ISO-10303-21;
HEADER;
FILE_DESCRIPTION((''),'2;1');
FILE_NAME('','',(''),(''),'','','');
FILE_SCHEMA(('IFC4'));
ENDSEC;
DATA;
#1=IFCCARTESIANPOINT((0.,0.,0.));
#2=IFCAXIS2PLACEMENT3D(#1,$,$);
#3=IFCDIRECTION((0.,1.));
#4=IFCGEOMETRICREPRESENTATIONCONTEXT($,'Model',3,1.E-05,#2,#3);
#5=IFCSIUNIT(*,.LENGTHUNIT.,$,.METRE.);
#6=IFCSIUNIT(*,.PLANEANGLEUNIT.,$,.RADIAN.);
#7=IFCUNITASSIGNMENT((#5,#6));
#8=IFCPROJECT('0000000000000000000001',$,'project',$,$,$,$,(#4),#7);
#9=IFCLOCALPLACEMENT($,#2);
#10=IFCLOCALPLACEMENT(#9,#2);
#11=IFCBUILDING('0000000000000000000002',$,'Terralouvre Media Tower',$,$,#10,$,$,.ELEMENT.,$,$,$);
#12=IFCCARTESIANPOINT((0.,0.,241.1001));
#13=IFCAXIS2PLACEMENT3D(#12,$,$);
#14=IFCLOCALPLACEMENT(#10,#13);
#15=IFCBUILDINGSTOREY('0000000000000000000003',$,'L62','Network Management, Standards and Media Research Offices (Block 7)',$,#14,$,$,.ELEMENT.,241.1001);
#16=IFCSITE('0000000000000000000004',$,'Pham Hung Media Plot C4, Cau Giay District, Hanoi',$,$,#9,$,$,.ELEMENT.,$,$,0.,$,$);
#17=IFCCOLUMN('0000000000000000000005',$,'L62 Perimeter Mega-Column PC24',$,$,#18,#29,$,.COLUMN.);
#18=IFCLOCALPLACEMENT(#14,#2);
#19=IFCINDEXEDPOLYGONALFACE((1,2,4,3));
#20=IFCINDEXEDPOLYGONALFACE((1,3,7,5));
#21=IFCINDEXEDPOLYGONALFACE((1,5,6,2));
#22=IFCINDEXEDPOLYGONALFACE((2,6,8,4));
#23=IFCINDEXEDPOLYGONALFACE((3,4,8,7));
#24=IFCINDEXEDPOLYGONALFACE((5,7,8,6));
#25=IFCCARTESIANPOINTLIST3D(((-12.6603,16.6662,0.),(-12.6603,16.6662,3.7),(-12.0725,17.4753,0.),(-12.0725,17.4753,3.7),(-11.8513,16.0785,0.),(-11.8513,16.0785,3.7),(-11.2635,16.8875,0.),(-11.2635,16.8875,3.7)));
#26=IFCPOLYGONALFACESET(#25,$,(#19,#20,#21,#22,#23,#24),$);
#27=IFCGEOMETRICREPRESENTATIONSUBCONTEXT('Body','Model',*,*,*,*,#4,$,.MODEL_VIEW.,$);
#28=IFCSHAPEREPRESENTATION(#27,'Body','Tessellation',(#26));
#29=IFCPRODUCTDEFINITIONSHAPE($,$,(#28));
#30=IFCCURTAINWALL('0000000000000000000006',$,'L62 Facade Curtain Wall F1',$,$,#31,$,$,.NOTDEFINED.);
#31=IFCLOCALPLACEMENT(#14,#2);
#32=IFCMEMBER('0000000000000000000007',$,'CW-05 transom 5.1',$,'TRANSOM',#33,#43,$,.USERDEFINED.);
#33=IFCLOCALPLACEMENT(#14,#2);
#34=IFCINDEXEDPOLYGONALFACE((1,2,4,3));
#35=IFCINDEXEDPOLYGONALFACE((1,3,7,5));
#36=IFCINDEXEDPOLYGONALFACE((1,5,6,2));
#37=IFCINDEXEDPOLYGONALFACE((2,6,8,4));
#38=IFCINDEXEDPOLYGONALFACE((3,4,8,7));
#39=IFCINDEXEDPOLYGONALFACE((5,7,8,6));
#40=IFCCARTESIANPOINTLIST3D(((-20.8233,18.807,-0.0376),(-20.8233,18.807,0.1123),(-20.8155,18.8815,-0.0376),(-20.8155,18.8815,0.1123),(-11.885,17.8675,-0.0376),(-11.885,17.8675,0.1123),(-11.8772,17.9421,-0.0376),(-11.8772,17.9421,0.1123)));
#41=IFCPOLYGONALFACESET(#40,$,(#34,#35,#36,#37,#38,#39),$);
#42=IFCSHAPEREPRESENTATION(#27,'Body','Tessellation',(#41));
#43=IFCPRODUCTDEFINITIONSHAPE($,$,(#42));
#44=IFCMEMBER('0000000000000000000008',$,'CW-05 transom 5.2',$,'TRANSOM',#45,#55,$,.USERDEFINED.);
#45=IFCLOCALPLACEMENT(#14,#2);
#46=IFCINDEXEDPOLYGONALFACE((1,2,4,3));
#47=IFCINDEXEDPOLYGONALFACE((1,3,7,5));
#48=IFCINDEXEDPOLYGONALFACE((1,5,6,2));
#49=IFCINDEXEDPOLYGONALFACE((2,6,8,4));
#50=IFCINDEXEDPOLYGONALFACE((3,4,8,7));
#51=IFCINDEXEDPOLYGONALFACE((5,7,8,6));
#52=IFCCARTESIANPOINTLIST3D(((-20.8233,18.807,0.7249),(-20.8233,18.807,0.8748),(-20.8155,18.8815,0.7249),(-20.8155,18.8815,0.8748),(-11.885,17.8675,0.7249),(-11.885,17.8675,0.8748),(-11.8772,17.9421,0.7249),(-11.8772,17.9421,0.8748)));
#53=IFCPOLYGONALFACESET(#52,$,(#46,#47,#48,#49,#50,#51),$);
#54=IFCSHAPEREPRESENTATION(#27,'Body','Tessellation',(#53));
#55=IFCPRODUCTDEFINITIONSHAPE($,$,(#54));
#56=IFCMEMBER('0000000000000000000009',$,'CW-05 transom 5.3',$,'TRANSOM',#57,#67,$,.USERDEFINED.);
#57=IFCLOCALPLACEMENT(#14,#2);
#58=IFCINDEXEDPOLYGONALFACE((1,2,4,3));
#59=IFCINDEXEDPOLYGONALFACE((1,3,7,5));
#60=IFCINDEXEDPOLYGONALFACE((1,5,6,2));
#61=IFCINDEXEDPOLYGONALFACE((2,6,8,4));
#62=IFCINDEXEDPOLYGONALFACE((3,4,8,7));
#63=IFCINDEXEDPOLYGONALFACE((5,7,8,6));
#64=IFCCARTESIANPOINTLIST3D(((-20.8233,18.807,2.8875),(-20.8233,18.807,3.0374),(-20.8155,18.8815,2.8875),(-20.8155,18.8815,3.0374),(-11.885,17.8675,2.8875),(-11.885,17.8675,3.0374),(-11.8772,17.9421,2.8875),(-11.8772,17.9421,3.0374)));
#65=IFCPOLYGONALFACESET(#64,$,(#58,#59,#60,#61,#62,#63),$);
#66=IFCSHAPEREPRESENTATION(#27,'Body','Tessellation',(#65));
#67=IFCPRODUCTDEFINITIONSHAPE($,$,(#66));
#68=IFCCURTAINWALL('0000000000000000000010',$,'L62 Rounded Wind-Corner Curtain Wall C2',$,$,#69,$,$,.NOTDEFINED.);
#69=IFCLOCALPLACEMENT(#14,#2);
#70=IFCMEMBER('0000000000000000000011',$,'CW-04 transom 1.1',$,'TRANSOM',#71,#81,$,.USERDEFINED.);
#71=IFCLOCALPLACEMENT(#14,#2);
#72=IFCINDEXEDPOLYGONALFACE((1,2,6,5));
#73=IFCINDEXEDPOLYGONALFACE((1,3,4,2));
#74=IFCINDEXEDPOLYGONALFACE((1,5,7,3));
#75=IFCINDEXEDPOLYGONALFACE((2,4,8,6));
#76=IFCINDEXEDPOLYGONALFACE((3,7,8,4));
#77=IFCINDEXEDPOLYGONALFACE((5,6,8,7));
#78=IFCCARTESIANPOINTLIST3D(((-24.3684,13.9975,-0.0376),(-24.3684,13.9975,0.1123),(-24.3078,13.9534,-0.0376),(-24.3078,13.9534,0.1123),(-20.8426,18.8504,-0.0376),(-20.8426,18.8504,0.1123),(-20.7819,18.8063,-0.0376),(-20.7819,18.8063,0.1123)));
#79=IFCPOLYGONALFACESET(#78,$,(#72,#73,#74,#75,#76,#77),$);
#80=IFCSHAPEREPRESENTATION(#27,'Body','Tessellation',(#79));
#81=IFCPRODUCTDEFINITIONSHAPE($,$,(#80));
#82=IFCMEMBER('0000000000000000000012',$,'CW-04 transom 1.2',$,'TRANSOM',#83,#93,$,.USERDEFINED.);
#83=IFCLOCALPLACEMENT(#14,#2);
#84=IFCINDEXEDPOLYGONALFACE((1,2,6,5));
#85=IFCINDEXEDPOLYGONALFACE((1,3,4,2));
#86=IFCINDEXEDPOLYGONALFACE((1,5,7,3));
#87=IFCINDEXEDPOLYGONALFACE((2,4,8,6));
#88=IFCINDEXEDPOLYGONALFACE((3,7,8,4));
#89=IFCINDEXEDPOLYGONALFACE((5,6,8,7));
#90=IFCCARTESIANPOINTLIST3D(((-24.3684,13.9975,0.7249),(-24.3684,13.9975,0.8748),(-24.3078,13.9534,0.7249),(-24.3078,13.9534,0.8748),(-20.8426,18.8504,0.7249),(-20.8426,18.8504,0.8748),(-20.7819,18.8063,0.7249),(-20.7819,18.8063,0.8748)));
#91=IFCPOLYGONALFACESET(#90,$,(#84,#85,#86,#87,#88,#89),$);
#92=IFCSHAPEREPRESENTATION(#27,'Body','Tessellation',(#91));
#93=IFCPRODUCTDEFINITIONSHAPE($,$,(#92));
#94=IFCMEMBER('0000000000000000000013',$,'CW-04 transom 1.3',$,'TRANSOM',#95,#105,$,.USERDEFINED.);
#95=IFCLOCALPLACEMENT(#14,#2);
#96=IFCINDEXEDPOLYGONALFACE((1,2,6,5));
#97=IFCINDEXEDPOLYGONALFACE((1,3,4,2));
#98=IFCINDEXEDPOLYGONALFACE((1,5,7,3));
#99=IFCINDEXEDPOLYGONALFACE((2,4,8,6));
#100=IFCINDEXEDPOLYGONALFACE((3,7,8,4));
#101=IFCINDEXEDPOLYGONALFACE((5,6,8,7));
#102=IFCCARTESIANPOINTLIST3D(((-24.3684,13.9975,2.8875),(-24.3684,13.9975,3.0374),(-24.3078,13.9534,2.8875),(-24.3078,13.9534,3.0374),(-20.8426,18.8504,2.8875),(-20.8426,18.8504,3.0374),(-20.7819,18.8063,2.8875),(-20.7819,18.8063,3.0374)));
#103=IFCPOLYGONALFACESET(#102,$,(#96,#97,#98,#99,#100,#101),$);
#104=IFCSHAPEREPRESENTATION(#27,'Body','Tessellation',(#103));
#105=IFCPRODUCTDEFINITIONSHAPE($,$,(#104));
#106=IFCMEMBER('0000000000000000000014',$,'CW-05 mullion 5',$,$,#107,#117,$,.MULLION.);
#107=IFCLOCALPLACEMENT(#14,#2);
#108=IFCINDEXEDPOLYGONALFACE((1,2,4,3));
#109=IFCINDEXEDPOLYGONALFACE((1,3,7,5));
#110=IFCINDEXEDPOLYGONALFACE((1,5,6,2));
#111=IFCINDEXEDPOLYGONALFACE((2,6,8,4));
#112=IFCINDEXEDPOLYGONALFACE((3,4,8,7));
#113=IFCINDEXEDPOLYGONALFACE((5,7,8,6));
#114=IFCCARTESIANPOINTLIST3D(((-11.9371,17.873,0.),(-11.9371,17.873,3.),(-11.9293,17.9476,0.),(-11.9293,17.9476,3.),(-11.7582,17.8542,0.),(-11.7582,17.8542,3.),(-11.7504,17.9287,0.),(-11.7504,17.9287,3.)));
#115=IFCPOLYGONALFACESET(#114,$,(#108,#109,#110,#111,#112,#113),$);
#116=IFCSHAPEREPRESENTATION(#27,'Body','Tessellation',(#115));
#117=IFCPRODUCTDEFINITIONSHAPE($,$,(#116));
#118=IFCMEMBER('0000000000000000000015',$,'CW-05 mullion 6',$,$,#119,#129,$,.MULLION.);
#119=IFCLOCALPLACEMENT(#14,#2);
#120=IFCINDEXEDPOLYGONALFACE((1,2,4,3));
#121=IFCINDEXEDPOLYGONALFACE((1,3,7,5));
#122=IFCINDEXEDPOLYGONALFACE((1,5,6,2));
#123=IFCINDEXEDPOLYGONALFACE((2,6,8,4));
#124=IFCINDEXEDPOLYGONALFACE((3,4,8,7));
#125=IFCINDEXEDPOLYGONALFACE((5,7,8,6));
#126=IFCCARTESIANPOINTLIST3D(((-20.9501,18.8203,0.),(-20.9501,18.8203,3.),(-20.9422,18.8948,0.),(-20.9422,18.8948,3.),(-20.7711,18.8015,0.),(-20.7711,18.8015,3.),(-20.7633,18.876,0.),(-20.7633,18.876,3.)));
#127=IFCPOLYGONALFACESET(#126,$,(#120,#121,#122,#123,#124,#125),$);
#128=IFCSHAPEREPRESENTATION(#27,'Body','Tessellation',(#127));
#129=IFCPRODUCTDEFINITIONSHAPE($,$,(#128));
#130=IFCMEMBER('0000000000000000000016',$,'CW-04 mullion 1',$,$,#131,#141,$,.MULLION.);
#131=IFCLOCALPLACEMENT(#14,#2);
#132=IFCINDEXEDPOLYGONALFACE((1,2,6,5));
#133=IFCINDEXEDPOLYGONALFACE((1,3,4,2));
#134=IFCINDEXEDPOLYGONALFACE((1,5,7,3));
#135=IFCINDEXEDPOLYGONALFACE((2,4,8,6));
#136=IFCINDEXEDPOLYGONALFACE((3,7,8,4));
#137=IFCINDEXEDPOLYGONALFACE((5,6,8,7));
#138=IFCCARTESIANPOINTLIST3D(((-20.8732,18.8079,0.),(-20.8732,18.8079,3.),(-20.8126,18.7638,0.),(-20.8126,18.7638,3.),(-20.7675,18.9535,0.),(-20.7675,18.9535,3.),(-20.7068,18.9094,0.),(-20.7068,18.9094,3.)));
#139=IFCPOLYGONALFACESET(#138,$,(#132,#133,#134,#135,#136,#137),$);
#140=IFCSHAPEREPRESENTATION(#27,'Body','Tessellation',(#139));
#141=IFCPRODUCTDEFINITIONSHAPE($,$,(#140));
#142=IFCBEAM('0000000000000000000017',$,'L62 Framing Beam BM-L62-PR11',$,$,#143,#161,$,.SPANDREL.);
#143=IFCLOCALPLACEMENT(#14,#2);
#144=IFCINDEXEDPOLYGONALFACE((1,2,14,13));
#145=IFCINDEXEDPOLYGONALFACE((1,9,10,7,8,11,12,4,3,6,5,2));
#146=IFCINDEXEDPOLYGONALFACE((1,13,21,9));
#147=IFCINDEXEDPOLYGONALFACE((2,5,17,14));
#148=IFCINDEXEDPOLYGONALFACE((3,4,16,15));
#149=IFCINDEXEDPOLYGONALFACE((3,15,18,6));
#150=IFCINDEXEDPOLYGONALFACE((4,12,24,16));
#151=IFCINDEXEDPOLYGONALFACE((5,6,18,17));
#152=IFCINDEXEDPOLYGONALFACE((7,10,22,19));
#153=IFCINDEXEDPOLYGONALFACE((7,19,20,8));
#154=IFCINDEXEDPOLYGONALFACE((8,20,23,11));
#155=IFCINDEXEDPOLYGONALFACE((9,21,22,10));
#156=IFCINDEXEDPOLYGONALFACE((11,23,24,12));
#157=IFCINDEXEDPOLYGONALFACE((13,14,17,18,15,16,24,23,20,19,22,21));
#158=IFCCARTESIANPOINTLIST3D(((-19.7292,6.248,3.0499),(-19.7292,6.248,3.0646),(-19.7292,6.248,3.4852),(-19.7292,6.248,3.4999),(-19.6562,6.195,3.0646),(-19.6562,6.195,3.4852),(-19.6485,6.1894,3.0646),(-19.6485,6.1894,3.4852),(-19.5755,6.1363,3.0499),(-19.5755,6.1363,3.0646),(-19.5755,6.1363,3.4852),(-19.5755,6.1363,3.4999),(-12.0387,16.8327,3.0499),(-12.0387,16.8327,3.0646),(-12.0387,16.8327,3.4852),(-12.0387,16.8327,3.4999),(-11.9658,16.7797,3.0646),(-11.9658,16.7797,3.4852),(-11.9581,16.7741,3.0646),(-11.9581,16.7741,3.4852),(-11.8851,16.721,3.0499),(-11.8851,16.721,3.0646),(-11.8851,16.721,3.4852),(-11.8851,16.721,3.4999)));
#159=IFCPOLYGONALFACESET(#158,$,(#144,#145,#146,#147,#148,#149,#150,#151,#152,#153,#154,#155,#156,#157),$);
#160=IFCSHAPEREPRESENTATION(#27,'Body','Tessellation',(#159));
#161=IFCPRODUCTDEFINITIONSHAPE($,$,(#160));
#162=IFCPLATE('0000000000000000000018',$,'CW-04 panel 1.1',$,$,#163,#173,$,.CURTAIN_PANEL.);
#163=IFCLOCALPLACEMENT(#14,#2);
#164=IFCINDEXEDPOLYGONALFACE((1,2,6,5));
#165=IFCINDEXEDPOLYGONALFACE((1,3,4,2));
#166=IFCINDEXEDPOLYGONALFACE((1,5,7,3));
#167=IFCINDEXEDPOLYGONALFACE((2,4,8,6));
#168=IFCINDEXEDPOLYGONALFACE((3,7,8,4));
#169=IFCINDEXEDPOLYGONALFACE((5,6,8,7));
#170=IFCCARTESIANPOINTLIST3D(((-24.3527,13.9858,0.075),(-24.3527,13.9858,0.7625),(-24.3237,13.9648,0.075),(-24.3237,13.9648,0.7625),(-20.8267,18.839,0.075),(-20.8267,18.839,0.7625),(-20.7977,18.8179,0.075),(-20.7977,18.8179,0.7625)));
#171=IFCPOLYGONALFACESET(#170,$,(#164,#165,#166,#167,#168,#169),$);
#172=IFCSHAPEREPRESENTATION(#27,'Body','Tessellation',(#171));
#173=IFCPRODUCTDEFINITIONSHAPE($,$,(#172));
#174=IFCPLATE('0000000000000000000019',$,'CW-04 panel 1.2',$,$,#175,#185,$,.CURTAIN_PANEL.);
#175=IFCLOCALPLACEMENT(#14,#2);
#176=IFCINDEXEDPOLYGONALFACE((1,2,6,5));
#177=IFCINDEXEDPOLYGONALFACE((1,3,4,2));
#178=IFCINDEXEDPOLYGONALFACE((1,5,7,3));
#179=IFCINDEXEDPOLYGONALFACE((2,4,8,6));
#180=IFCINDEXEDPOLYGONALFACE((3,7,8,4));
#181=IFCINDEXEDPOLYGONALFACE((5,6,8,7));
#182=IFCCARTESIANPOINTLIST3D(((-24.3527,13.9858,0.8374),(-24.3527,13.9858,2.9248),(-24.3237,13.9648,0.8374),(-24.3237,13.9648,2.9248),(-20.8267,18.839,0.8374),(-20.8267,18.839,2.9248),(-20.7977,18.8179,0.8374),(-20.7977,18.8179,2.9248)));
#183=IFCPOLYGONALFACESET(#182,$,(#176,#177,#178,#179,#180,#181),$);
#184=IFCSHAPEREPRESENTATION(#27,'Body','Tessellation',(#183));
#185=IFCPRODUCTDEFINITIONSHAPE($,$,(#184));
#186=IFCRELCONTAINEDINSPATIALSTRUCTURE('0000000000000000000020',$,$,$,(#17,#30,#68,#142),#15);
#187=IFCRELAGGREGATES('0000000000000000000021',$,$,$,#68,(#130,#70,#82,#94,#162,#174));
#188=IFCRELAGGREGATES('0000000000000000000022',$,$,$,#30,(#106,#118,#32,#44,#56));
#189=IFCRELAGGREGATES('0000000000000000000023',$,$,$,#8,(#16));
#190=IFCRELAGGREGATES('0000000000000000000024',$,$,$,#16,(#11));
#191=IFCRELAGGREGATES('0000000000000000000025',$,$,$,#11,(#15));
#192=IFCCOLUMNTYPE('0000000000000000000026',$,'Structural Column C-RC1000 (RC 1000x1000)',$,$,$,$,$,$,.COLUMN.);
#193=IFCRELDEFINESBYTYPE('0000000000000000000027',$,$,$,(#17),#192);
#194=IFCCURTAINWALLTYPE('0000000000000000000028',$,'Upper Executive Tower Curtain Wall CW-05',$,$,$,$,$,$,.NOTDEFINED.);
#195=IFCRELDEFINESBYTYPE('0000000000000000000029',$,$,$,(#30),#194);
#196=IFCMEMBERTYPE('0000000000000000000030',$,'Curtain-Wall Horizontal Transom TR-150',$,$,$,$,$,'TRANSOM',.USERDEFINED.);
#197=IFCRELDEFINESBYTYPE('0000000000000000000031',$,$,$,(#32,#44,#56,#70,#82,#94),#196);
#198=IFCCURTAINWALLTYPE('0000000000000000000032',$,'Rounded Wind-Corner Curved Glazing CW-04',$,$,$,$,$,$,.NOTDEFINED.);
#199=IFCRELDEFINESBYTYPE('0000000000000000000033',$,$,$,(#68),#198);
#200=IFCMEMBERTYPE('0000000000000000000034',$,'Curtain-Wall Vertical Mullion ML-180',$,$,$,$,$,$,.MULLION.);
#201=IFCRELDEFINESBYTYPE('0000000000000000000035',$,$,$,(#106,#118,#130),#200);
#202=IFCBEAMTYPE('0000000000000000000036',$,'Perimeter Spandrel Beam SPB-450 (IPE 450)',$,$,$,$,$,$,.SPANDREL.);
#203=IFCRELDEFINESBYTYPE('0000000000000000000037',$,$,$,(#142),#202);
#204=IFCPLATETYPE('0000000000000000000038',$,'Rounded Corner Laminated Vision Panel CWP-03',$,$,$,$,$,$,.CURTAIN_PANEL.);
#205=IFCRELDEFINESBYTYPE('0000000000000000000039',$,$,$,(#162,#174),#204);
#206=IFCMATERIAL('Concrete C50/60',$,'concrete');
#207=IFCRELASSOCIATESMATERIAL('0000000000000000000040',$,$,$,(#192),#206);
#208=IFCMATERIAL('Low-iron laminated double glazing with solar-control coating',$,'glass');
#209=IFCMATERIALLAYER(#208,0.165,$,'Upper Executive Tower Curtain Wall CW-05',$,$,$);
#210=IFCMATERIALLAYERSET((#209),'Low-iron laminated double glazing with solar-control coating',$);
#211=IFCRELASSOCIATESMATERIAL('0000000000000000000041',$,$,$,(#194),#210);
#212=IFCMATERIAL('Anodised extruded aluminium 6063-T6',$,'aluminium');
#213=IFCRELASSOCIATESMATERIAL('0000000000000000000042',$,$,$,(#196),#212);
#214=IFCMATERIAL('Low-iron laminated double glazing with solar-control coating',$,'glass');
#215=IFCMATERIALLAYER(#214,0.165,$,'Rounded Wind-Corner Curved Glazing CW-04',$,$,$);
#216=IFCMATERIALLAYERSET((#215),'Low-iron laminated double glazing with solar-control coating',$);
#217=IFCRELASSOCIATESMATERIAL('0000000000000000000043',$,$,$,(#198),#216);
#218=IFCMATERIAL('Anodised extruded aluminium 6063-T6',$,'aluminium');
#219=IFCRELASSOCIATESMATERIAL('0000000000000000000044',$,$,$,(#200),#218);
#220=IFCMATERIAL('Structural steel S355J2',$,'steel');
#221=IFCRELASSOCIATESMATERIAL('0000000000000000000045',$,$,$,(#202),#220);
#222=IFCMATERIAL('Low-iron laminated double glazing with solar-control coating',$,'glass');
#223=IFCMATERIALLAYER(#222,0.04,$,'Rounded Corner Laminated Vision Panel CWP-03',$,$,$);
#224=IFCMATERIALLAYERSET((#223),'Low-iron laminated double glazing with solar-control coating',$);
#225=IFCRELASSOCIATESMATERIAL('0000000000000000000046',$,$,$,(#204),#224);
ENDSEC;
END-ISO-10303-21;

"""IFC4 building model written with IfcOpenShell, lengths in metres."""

from ifc_helpers import new_model, si_unit, direction, frame, origin, origin_2d, place, context, subcontext, project, spatial, rectangle, i_section, extrude, material, layer, layer_set, material_profile, profile_set, type_object, element, aggregate, save


model = new_model("IFC4")

# Units and contexts
model_context = context("Model", 3, precision=1e-05, world=origin(), true_north=direction((0.0, 1.0)))
body_context = subcontext(model_context, "Body", "Model", "MODEL_VIEW")
ifc_project = project(units=[si_unit("LENGTHUNIT", "METRE"), si_unit("PLANEANGLEUNIT", "RADIAN")], contexts=[model_context])

# Site, building, storey
site_placement = place(None, origin())
site = spatial("IfcSite", under=ifc_project, at=site_placement, Name="Pham Hung Media Plot C4, Cau Giay District, Hanoi", CompositionType="ELEMENT", RefElevation=0.0)
building_placement = place(site_placement, origin())
building = spatial("IfcBuilding", under=site, at=building_placement, Name="Terralouvre Media Tower", CompositionType="ELEMENT")
storey_placement = place(building_placement, frame((0.0, 0.0, 241.1001)))
storey = spatial("IfcBuildingStorey", under=building, at=storey_placement, Name="L62", Description="Network Management, Standards and Media Research Offices (Block 7)", CompositionType="ELEMENT", Elevation=241.1001)

# Column
ifc_material_1 = material(Name="Concrete C50/60", Category="concrete")
ifc_material_profile_1 = material_profile(ifc_material_1, rectangle(XDim=1.0, YDim=1.0, at=origin_2d()), Name="RC 1000x1000")
ifc_profile_set_1 = profile_set([ifc_material_profile_1], Name="Concrete C50/60")
column_type = type_object("IfcColumnType", Name="Structural Column C-RC1000 (RC 1000x1000)", PredefinedType="COLUMN", material=ifc_profile_set_1)
column_placement = place(storey_placement, frame((-11.9619, 16.7769, 0.0), z_axis=(0.0, 0.0, 1.0), x_axis=(0.587785, 0.809017, 0.0)))
element("IfcColumn", 1, at=column_placement, inside=storey, type_object=column_type, Name="L62 Perimeter Mega-Column PC24", PredefinedType="COLUMN", context=body_context, shape_type="SweptSolid", body=[
    extrude(rectangle(XDim=1.0, YDim=1.0, at=origin_2d()), origin(), (0.0, 0.0, 1.0), 3.7),
])

# Curtain walls, members
ifc_material_2 = material(Name="Low-iron laminated double glazing with solar-control coating", Category="glass")
ifc_layer_1 = layer(ifc_material_2, 0.165, Name="Upper Executive Tower Curtain Wall CW-05")
ifc_layer_set_1 = layer_set([ifc_layer_1], Name="Low-iron laminated double glazing with solar-control coating")
curtain_wall_type_1 = type_object("IfcCurtainWallType", Name="Upper Executive Tower Curtain Wall CW-05", PredefinedType="NOTDEFINED", material=ifc_layer_set_1)
curtain_wall_1_placement = place(storey_placement, origin())
curtain_wall_1 = element("IfcCurtainWall", 2, at=curtain_wall_1_placement, inside=storey, type_object=curtain_wall_type_1, Name="L62 Facade Curtain Wall F1", PredefinedType="NOTDEFINED")
ifc_material_3 = material(Name="Anodised extruded aluminium 6063-T6", Category="aluminium")
ifc_material_profile_2 = material_profile(ifc_material_3, rectangle(XDim=0.075, YDim=0.1499, at=origin_2d()), Name="ALU 75x150")
ifc_profile_set_2 = profile_set([ifc_material_profile_2], Name="Anodised extruded aluminium 6063-T6")
member_type_1 = type_object("IfcMemberType", Name="Curtain-Wall Horizontal Transom TR-150", ElementType="TRANSOM", PredefinedType="USERDEFINED", material=ifc_profile_set_2)
member_1_placement = place(storey_placement, frame((-11.8811, 17.9048, 0.0374), z_axis=(-0.994522, 0.104529, 0.0), x_axis=(-0.104529, -0.994522, 0.0)))
member_1 = element("IfcMember", 3, at=member_1_placement, type_object=member_type_1, Name="CW-05 transom 5.1", ObjectType="TRANSOM", PredefinedType="USERDEFINED", context=body_context, shape_type="SweptSolid", body=[
    extrude(rectangle(XDim=0.075, YDim=0.1499, at=origin_2d()), origin(), (0.0, 0.0, 1.0), 8.9875),
])
member_2_placement = place(storey_placement, frame((-11.8811, 17.9048, 0.7998), z_axis=(-0.994522, 0.104529, 0.0), x_axis=(-0.104529, -0.994522, 0.0)))
member_2 = element("IfcMember", 4, at=member_2_placement, type_object=member_type_1, Name="CW-05 transom 5.2", ObjectType="TRANSOM", PredefinedType="USERDEFINED", context=body_context, shape_type="SweptSolid", body=[
    extrude(rectangle(XDim=0.075, YDim=0.1499, at=origin_2d()), origin(), (0.0, 0.0, 1.0), 8.9875),
])
member_3_placement = place(storey_placement, frame((-11.8811, 17.9048, 2.9624), z_axis=(-0.994522, 0.104529, 0.0), x_axis=(-0.104529, -0.994522, 0.0)))
member_3 = element("IfcMember", 5, at=member_3_placement, type_object=member_type_1, Name="CW-05 transom 5.3", ObjectType="TRANSOM", PredefinedType="USERDEFINED", context=body_context, shape_type="SweptSolid", body=[
    extrude(rectangle(XDim=0.075, YDim=0.1499, at=origin_2d()), origin(), (0.0, 0.0, 1.0), 8.9875),
])
ifc_material_4 = material(Name="Low-iron laminated double glazing with solar-control coating", Category="glass")
ifc_layer_2 = layer(ifc_material_4, 0.165, Name="Rounded Wind-Corner Curved Glazing CW-04")
ifc_layer_set_2 = layer_set([ifc_layer_2], Name="Low-iron laminated double glazing with solar-control coating")
curtain_wall_type_2 = type_object("IfcCurtainWallType", Name="Rounded Wind-Corner Curved Glazing CW-04", PredefinedType="NOTDEFINED", material=ifc_layer_set_2)
curtain_wall_2_placement = place(storey_placement, origin())
curtain_wall_2 = element("IfcCurtainWall", 6, at=curtain_wall_2_placement, inside=storey, type_object=curtain_wall_type_2, Name="L62 Rounded Wind-Corner Curtain Wall C2", PredefinedType="NOTDEFINED")
member_4_placement = place(storey_placement, frame((-20.8123, 18.8284, 0.0374), z_axis=(-0.58778, -0.809021, 0.0), x_axis=(0.809021, -0.58778, 0.0)))
member_4 = element("IfcMember", 7, at=member_4_placement, type_object=member_type_1, Name="CW-04 transom 1.1", ObjectType="TRANSOM", PredefinedType="USERDEFINED", context=body_context, shape_type="SweptSolid", body=[
    extrude(rectangle(XDim=0.075, YDim=0.1499, at=origin_2d()), origin(), (0.0, 0.0, 1.0), 5.9985),
])
member_5_placement = place(storey_placement, frame((-20.8123, 18.8284, 0.7998), z_axis=(-0.58778, -0.809021, 0.0), x_axis=(0.809021, -0.58778, 0.0)))
member_5 = element("IfcMember", 8, at=member_5_placement, type_object=member_type_1, Name="CW-04 transom 1.2", ObjectType="TRANSOM", PredefinedType="USERDEFINED", context=body_context, shape_type="SweptSolid", body=[
    extrude(rectangle(XDim=0.075, YDim=0.1499, at=origin_2d()), origin(), (0.0, 0.0, 1.0), 5.9985),
])
member_6_placement = place(storey_placement, frame((-20.8123, 18.8284, 2.9624), z_axis=(-0.58778, -0.809021, 0.0), x_axis=(0.809021, -0.58778, 0.0)))
member_6 = element("IfcMember", 9, at=member_6_placement, type_object=member_type_1, Name="CW-04 transom 1.3", ObjectType="TRANSOM", PredefinedType="USERDEFINED", context=body_context, shape_type="SweptSolid", body=[
    extrude(rectangle(XDim=0.075, YDim=0.1499, at=origin_2d()), origin(), (0.0, 0.0, 1.0), 5.9985),
])

# Members
ifc_material_5 = material(Name="Anodised extruded aluminium 6063-T6", Category="aluminium")
ifc_material_profile_3 = material_profile(ifc_material_5, rectangle(XDim=0.075, YDim=0.1799, at=origin_2d()), Name="ALU 75x180")
ifc_profile_set_3 = profile_set([ifc_material_profile_3], Name="Anodised extruded aluminium 6063-T6")
member_type_2 = type_object("IfcMemberType", Name="Curtain-Wall Vertical Mullion ML-180", PredefinedType="MULLION", material=ifc_profile_set_3)
member_7_placement = place(storey_placement, frame((-11.8438, 17.9009, 0.0), z_axis=(0.0, 0.0, 1.0), x_axis=(-0.104529, -0.994522, 0.0)))
member_7 = element("IfcMember", 10, at=member_7_placement, type_object=member_type_2, Name="CW-05 mullion 5", PredefinedType="MULLION", context=body_context, shape_type="SweptSolid", body=[
    extrude(rectangle(XDim=0.075, YDim=0.1799, at=origin_2d()), origin(), (0.0, 0.0, 1.0), 3.0),
])
member_8_placement = place(storey_placement, frame((-20.8567, 18.8481, 0.0), z_axis=(0.0, 0.0, 1.0), x_axis=(-0.104529, -0.994522, 0.0)))
member_8 = element("IfcMember", 11, at=member_8_placement, type_object=member_type_2, Name="CW-05 mullion 6", PredefinedType="MULLION", context=body_context, shape_type="SweptSolid", body=[
    extrude(rectangle(XDim=0.075, YDim=0.1799, at=origin_2d()), origin(), (0.0, 0.0, 1.0), 3.0),
])
member_9_placement = place(storey_placement, frame((-20.79, 18.8586, 0.0), z_axis=(0.0, 0.0, 1.0), x_axis=(0.809017, -0.587786, 0.0)))
member_9 = element("IfcMember", 12, at=member_9_placement, type_object=member_type_2, Name="CW-04 mullion 1", PredefinedType="MULLION", context=body_context, shape_type="SweptSolid", body=[
    extrude(rectangle(XDim=0.075, YDim=0.1799, at=origin_2d()), origin(), (0.0, 0.0, 1.0), 3.0),
])

# Beam
ifc_material_6 = material(Name="Structural steel S355J2", Category="steel")
ifc_material_profile_4 = material_profile(ifc_material_6, i_section(OverallWidth=0.1899, OverallDepth=0.45, WebThickness=0.0095, FlangeThickness=0.0146, at=origin_2d()), Name="IPE 450")
ifc_profile_set_4 = profile_set([ifc_material_profile_4], Name="Structural steel S355J2")
beam_type = type_object("IfcBeamType", Name="Perimeter Spandrel Beam SPB-450 (IPE 450)", PredefinedType="SPANDREL", material=ifc_profile_set_4)
beam_placement = place(storey_placement, frame((-11.9619, 16.7769, 3.2749), z_axis=(-0.587794, -0.80901, 0.0), x_axis=(0.80901, -0.587794, 0.0)))
element("IfcBeam", 13, at=beam_placement, inside=storey, type_object=beam_type, Name="L62 Framing Beam BM-L62-PR11", PredefinedType="SPANDREL", context=body_context, shape_type="SweptSolid", body=[
    extrude(i_section(OverallWidth=0.1899, OverallDepth=0.45, WebThickness=0.0095, FlangeThickness=0.0146, at=origin_2d()), origin(), (0.0, 0.0, 1.0), 13.0835),
])

# Plates
ifc_material_7 = material(Name="Low-iron laminated double glazing with solar-control coating", Category="glass")
ifc_layer_3 = layer(ifc_material_7, 0.04, Name="Rounded Corner Laminated Vision Panel CWP-03")
ifc_layer_set_3 = layer_set([ifc_layer_3], Name="Low-iron laminated double glazing with solar-control coating")
plate_type_1 = type_object("IfcPlateType", Name="Rounded Corner Laminated Vision Panel CWP-03", PredefinedType="CURTAIN_PANEL", material=ifc_layer_set_3)
plate_1_placement = place(storey_placement, frame((-22.5752, 16.4019, 0.075), z_axis=(0.0, 0.0, 1.0), x_axis=(-0.587786, -0.809017, 0.0)))
plate_1 = element("IfcPlate", 14, at=plate_1_placement, type_object=plate_type_1, Name="CW-04 panel 1.1", PredefinedType="CURTAIN_PANEL", context=body_context, shape_type="SweptSolid", body=[
    extrude(rectangle(XDim=5.9988, YDim=0.0359, at=origin_2d()), origin(), (0.0, 0.0, 1.0), 0.6875),
])
plate_2_placement = place(storey_placement, frame((-22.5752, 16.4019, 0.8374), z_axis=(0.0, 0.0, 1.0), x_axis=(-0.587786, -0.809017, 0.0)))
plate_2 = element("IfcPlate", 15, at=plate_2_placement, type_object=plate_type_1, Name="CW-04 panel 1.2", PredefinedType="CURTAIN_PANEL", context=body_context, shape_type="SweptSolid", body=[
    extrude(rectangle(XDim=5.9988, YDim=0.0359, at=origin_2d()), origin(), (0.0, 0.0, 1.0), 2.0874),
])
aggregate(curtain_wall_2, [member_9, member_4, member_5, member_6, plate_1, plate_2])
aggregate(curtain_wall_1, [member_7, member_8, member_1, member_2, member_3])

save(model, "model.ifc")
